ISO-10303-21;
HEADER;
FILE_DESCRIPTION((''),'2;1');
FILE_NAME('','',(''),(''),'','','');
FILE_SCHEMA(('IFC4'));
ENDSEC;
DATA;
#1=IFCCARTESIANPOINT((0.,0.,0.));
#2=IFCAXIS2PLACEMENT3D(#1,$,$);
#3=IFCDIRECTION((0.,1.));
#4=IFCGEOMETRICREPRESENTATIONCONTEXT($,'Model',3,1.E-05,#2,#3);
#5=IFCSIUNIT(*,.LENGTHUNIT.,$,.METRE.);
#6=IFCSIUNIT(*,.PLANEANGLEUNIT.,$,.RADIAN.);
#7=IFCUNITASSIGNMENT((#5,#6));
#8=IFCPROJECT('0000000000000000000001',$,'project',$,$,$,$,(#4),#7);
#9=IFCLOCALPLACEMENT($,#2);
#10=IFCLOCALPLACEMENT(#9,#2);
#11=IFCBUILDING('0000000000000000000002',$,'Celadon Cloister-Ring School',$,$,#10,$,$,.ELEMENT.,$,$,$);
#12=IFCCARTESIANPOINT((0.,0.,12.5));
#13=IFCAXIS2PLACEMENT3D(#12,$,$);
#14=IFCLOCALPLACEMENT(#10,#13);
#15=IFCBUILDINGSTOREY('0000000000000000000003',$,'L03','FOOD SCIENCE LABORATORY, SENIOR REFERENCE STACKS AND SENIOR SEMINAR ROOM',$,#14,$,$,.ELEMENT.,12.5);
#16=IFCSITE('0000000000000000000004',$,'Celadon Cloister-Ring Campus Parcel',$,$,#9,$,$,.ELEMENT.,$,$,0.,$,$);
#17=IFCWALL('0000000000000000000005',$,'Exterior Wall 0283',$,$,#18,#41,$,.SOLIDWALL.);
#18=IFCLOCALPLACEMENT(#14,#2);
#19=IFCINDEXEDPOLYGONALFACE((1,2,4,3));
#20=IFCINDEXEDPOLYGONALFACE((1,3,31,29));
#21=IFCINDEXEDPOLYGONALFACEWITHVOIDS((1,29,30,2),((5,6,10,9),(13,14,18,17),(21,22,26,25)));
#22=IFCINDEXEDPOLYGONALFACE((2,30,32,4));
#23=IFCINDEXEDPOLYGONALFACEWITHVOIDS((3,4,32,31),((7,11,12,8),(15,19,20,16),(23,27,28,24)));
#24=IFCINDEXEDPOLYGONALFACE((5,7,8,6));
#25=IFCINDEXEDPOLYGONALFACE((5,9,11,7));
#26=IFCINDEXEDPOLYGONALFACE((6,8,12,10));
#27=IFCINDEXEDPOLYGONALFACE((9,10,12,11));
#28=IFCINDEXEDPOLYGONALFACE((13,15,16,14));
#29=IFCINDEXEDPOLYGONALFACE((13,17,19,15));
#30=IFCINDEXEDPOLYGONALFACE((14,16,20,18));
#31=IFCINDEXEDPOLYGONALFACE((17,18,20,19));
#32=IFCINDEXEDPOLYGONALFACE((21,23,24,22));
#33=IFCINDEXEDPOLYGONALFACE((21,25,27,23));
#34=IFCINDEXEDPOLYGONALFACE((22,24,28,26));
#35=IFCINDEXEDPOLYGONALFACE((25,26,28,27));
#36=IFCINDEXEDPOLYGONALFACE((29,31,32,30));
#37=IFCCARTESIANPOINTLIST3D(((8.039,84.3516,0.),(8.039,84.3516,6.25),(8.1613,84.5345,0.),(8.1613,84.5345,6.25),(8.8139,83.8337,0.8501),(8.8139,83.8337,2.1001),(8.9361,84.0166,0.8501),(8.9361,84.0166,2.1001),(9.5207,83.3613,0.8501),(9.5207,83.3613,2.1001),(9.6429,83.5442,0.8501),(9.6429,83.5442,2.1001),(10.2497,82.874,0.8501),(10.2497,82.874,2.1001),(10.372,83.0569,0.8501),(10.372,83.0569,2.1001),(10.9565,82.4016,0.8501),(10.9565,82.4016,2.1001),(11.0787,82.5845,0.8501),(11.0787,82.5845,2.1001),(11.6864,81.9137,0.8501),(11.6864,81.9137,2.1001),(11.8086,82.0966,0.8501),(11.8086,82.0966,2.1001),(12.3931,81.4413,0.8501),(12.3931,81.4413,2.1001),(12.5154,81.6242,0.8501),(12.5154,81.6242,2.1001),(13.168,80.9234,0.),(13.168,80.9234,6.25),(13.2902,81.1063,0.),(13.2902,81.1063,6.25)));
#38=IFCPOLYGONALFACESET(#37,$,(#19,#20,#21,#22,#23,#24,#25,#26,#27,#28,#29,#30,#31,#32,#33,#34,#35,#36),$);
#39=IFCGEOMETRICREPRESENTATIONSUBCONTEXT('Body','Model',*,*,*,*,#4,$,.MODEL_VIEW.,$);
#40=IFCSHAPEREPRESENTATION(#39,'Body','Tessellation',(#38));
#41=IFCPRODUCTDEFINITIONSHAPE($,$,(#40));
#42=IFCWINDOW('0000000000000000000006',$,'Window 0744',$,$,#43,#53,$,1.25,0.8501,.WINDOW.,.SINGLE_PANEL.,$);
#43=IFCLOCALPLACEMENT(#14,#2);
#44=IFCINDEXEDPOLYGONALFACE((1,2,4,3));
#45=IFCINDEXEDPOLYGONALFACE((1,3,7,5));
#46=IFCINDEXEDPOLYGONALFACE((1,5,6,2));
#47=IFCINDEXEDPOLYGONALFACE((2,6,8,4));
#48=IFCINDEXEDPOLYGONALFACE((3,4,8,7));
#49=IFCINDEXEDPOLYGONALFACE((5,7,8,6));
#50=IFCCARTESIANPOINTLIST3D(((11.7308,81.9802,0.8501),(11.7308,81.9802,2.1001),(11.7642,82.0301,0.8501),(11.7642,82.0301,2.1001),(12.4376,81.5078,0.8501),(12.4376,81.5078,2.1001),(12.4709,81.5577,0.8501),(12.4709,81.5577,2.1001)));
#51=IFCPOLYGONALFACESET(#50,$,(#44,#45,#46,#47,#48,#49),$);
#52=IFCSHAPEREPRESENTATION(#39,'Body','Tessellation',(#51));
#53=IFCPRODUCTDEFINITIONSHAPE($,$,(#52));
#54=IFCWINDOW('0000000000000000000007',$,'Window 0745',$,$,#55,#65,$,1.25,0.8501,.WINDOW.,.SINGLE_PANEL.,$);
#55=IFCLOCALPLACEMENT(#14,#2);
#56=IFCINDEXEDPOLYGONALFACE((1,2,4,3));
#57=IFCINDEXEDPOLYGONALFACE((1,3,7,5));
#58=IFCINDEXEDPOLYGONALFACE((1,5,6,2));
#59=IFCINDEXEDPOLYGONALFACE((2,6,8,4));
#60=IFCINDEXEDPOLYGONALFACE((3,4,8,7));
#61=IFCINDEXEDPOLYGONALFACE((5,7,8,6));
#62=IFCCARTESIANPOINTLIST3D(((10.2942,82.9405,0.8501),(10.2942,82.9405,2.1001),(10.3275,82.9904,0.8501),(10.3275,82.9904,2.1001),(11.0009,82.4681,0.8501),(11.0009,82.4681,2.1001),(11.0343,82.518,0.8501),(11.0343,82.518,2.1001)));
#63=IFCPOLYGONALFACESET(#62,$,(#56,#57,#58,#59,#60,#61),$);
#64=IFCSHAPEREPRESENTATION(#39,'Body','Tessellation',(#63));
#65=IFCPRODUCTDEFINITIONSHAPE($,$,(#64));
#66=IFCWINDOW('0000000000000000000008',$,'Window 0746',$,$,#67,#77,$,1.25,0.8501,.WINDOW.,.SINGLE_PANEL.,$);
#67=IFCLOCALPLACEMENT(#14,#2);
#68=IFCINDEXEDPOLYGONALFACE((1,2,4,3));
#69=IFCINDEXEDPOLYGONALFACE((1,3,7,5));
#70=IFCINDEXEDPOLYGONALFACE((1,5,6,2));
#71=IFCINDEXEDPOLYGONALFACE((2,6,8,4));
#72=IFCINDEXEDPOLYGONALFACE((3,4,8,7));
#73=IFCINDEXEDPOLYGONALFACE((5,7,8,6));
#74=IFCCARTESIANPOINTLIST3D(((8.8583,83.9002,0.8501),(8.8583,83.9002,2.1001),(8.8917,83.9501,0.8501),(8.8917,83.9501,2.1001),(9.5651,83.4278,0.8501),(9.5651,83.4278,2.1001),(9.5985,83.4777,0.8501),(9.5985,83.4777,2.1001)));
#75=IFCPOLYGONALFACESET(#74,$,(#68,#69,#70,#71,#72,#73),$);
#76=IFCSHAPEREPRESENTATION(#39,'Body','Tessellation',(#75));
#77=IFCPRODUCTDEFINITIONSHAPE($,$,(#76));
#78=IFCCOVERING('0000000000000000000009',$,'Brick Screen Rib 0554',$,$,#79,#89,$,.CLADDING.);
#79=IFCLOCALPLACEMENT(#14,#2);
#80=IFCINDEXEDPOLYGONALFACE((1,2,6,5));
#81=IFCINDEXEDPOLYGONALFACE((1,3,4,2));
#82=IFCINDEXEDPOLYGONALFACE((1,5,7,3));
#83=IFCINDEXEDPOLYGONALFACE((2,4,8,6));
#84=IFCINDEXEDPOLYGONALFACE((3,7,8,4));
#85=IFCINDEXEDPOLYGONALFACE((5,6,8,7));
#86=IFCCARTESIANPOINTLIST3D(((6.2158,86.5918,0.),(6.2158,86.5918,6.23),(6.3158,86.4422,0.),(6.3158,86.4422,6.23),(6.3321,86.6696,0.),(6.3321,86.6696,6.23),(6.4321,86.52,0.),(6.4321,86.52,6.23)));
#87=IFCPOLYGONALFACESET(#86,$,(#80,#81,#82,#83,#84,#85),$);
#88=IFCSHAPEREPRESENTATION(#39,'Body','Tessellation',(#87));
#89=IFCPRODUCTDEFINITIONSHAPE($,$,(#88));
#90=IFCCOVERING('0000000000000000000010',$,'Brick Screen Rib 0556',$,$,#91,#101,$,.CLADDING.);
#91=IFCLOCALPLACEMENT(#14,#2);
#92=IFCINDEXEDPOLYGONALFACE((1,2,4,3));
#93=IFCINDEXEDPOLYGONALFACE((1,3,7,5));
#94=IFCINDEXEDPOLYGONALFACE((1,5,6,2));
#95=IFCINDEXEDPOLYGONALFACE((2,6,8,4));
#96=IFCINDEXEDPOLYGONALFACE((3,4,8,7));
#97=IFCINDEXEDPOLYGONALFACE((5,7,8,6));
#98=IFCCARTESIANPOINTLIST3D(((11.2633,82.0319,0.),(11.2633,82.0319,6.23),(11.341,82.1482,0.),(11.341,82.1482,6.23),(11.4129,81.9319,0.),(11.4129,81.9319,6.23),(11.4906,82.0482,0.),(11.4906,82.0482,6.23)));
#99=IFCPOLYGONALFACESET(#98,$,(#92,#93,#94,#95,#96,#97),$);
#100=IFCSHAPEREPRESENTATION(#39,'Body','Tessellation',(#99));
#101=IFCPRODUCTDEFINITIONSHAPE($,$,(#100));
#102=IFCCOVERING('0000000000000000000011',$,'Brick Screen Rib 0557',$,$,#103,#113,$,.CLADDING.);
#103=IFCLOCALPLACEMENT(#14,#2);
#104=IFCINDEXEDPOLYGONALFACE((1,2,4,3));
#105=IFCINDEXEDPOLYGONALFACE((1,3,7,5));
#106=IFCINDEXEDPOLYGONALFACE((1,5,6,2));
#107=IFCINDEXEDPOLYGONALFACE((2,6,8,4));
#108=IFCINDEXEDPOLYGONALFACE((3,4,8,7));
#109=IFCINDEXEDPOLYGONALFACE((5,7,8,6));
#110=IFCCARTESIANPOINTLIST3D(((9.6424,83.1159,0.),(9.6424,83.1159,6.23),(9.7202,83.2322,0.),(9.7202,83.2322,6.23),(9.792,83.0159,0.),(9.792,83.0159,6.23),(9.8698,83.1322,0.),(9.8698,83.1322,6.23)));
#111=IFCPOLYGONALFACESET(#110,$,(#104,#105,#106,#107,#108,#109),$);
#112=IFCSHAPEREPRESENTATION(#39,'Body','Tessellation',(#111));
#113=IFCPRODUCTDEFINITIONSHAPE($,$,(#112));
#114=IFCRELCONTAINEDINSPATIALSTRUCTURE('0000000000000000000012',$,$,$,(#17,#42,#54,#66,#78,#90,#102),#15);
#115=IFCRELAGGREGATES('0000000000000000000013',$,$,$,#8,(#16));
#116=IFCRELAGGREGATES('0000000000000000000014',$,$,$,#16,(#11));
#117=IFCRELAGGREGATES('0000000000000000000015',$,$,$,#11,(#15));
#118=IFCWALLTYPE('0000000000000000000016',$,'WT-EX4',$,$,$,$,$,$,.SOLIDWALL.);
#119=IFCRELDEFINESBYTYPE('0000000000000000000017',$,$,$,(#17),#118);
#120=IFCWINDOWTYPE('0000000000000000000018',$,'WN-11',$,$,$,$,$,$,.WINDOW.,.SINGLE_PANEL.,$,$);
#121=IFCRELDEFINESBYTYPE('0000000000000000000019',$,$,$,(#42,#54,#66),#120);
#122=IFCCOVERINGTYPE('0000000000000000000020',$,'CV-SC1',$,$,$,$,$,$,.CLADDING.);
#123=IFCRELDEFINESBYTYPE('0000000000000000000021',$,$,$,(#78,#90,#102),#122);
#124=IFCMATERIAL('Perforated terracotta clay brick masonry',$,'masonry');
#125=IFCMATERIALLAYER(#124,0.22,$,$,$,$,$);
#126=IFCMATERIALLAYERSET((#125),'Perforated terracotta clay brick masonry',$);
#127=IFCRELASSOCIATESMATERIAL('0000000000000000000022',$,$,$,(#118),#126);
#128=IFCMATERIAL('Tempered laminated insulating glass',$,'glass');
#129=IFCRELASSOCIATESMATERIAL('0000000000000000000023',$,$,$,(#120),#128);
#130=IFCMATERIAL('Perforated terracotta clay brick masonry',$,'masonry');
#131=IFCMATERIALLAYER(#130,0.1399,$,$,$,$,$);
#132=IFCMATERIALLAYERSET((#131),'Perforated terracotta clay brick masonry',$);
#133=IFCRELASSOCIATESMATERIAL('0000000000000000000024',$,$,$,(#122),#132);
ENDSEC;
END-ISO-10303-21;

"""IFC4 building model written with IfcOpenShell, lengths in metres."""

from ifc_helpers import new_model, si_unit, direction, frame, frame_2d, origin, origin_2d, place, context, subcontext, project, spatial, rectangle, extrude, material, layer, layer_set, type_object, element, fill, save


model = new_model("IFC4")

# Units and contexts
model_context = context("Model", 3, precision=1e-05, world=origin(), true_north=direction((0.0, 1.0)))
body_context = subcontext(model_context, "Body", "Model", "MODEL_VIEW")
ifc_project = project(units=[si_unit("LENGTHUNIT", "METRE"), si_unit("PLANEANGLEUNIT", "RADIAN")], contexts=[model_context])

# Site, building, storey
site_placement = place(None, origin())
site = spatial("IfcSite", under=ifc_project, at=site_placement, Name="Celadon Cloister-Ring Campus Parcel", CompositionType="ELEMENT", RefElevation=0.0)
building_placement = place(site_placement, origin())
building = spatial("IfcBuilding", under=site, at=building_placement, Name="Celadon Cloister-Ring School", CompositionType="ELEMENT")
storey_placement = place(building_placement, frame((0.0, 0.0, 12.5)))
storey = spatial("IfcBuildingStorey", under=building, at=storey_placement, Name="L03", Description="FOOD SCIENCE LABORATORY, SENIOR REFERENCE STACKS AND SENIOR SEMINAR ROOM", CompositionType="ELEMENT", Elevation=12.5)

# Wall, openings, windows
ifc_material_1 = material(Name="Perforated terracotta clay brick masonry", Category="masonry")
ifc_layer_1 = layer(ifc_material_1, 0.22)
ifc_layer_set_1 = layer_set([ifc_layer_1], Name="Perforated terracotta clay brick masonry")
wall_type = type_object("IfcWallType", Name="WT-EX4", PredefinedType="SOLIDWALL", material=ifc_layer_set_1)
ifc_material_2 = material(Name="Tempered laminated insulating glass", Category="glass")
window_type = type_object("IfcWindowType", Name="WN-11", PartitioningType="SINGLE_PANEL", PredefinedType="WINDOW", material=ifc_material_2)
wall_1_placement = place(storey_placement, frame((13.229, 81.0149, 0.0), z_axis=(0.0, 0.0, 1.0), x_axis=(-0.83138, 0.555704, 0.0)))
wall_1 = element("IfcWall", 1, at=wall_1_placement, inside=storey, type_object=wall_type, Name="Exterior Wall 0283", PredefinedType="SOLIDWALL", context=body_context, shape_type="SweptSolid", body=[
    extrude(rectangle(XDim=6.1692, YDim=0.22, at=frame_2d((3.0845, 0.0))), origin(), (0.0, 0.0, 1.0), 6.25),
])
opening_1_placement = place(wall_1_placement, frame((0.9319, 0.0, 0.8501)))
opening_1 = element("IfcOpeningElement", 2, at=opening_1_placement, cuts=wall_1, PredefinedType="OPENING", context=body_context, shape_type="SweptSolid", body=[
    extrude(rectangle(XDim=0.8501, YDim=1.25, at=frame_2d((0.425, 0.625))), frame((0.0, 0.1201, 0.0), z_axis=(0.0, -1.0, 0.0), x_axis=(1.0, 0.0, 0.0)), (0.0, 0.0, 1.0), 0.24),
])
opening_2_placement = place(wall_1_placement, frame((2.6599, 0.0, 0.8501)))
opening_2 = element("IfcOpeningElement", 3, at=opening_2_placement, cuts=wall_1, PredefinedType="OPENING", context=body_context, shape_type="SweptSolid", body=[
    extrude(rectangle(XDim=0.8501, YDim=1.25, at=frame_2d((0.425, 0.625))), frame((0.0, 0.1201, 0.0), z_axis=(0.0, -1.0, 0.0), x_axis=(1.0, 0.0, 0.0)), (0.0, 0.0, 1.0), 0.24),
])
opening_3_placement = place(wall_1_placement, frame((4.387, 0.0, 0.8501)))
opening_3 = element("IfcOpeningElement", 4, at=opening_3_placement, cuts=wall_1, PredefinedType="OPENING", context=body_context, shape_type="SweptSolid", body=[
    extrude(rectangle(XDim=0.8501, YDim=1.25, at=frame_2d((0.425, 0.625))), frame((0.0, 0.1201, 0.0), z_axis=(0.0, -1.0, 0.0), x_axis=(1.0, 0.0, 0.0)), (0.0, 0.0, 1.0), 0.24),
])
window_1_placement = place(opening_1_placement, origin())
window_1 = element("IfcWindow", 5, at=window_1_placement, inside=storey, type_object=window_type, Name="Window 0744", OverallHeight=1.25, OverallWidth=0.8501, PartitioningType="SINGLE_PANEL", PredefinedType="WINDOW", context=body_context, shape_type="SweptSolid", body=[
    extrude(rectangle(XDim=0.8501, YDim=1.25, at=frame_2d((0.425, 0.625))), frame((0.0, 0.03, 0.0), z_axis=(0.0, -1.0, 0.0), x_axis=(1.0, 0.0, 0.0)), (0.0, 0.0, 1.0), 0.0601),
])
fill(opening_1, window_1)
window_2_placement = place(opening_2_placement, origin())
window_2 = element("IfcWindow", 6, at=window_2_placement, inside=storey, type_object=window_type, Name="Window 0745", OverallHeight=1.25, OverallWidth=0.8501, PartitioningType="SINGLE_PANEL", PredefinedType="WINDOW", context=body_context, shape_type="SweptSolid", body=[
    extrude(rectangle(XDim=0.8501, YDim=1.25, at=frame_2d((0.425, 0.625))), frame((0.0, 0.03, 0.0), z_axis=(0.0, -1.0, 0.0), x_axis=(1.0, 0.0, 0.0)), (0.0, 0.0, 1.0), 0.0601),
])
fill(opening_2, window_2)
window_3_placement = place(opening_3_placement, origin())
window_3 = element("IfcWindow", 7, at=window_3_placement, inside=storey, type_object=window_type, Name="Window 0746", OverallHeight=1.25, OverallWidth=0.8501, PartitioningType="SINGLE_PANEL", PredefinedType="WINDOW", context=body_context, shape_type="SweptSolid", body=[
    extrude(rectangle(XDim=0.8501, YDim=1.25, at=frame_2d((0.425, 0.625))), frame((0.0, 0.03, 0.0), z_axis=(0.0, -1.0, 0.0), x_axis=(1.0, 0.0, 0.0)), (0.0, 0.0, 1.0), 0.0601),
])
fill(opening_3, window_3)

# Coverings
ifc_material_3 = material(Name="Perforated terracotta clay brick masonry", Category="masonry")
ifc_layer_2 = layer(ifc_material_3, 0.1399)
ifc_layer_set_2 = layer_set([ifc_layer_2], Name="Perforated terracotta clay brick masonry")
covering_type = type_object("IfcCoveringType", Name="CV-SC1", PredefinedType="CLADDING", material=ifc_layer_set_2)
for number, where, z_axis, x_axis, name in (
    (8, (6.324, 86.5559, 0.0), (0.0, 0.0, 1.0), (-0.555672, 0.831402, 0.0), "Brick Screen Rib 0554"),
    (9, (11.377, 82.04, 0.0), (0.0, 0.0, 1.0), (-0.831402, 0.555672, 0.0), "Brick Screen Rib 0556"),
    (10, (9.7561, 83.124, 0.0), (0.0, 0.0, 1.0), (-0.831402, 0.555672, 0.0), "Brick Screen Rib 0557"),
):
    element("IfcCovering", number, at=place(storey_placement, frame(where, z_axis=z_axis, x_axis=x_axis)), inside=storey, type_object=covering_type, Name=name, PredefinedType="CLADDING", context=body_context, shape_type="SweptSolid", body=[
        extrude(rectangle(XDim=0.1799, YDim=0.1399, at=origin_2d()), origin(), (0.0, 0.0, 1.0), 6.23),
    ])

save(model, "model.ifc")
